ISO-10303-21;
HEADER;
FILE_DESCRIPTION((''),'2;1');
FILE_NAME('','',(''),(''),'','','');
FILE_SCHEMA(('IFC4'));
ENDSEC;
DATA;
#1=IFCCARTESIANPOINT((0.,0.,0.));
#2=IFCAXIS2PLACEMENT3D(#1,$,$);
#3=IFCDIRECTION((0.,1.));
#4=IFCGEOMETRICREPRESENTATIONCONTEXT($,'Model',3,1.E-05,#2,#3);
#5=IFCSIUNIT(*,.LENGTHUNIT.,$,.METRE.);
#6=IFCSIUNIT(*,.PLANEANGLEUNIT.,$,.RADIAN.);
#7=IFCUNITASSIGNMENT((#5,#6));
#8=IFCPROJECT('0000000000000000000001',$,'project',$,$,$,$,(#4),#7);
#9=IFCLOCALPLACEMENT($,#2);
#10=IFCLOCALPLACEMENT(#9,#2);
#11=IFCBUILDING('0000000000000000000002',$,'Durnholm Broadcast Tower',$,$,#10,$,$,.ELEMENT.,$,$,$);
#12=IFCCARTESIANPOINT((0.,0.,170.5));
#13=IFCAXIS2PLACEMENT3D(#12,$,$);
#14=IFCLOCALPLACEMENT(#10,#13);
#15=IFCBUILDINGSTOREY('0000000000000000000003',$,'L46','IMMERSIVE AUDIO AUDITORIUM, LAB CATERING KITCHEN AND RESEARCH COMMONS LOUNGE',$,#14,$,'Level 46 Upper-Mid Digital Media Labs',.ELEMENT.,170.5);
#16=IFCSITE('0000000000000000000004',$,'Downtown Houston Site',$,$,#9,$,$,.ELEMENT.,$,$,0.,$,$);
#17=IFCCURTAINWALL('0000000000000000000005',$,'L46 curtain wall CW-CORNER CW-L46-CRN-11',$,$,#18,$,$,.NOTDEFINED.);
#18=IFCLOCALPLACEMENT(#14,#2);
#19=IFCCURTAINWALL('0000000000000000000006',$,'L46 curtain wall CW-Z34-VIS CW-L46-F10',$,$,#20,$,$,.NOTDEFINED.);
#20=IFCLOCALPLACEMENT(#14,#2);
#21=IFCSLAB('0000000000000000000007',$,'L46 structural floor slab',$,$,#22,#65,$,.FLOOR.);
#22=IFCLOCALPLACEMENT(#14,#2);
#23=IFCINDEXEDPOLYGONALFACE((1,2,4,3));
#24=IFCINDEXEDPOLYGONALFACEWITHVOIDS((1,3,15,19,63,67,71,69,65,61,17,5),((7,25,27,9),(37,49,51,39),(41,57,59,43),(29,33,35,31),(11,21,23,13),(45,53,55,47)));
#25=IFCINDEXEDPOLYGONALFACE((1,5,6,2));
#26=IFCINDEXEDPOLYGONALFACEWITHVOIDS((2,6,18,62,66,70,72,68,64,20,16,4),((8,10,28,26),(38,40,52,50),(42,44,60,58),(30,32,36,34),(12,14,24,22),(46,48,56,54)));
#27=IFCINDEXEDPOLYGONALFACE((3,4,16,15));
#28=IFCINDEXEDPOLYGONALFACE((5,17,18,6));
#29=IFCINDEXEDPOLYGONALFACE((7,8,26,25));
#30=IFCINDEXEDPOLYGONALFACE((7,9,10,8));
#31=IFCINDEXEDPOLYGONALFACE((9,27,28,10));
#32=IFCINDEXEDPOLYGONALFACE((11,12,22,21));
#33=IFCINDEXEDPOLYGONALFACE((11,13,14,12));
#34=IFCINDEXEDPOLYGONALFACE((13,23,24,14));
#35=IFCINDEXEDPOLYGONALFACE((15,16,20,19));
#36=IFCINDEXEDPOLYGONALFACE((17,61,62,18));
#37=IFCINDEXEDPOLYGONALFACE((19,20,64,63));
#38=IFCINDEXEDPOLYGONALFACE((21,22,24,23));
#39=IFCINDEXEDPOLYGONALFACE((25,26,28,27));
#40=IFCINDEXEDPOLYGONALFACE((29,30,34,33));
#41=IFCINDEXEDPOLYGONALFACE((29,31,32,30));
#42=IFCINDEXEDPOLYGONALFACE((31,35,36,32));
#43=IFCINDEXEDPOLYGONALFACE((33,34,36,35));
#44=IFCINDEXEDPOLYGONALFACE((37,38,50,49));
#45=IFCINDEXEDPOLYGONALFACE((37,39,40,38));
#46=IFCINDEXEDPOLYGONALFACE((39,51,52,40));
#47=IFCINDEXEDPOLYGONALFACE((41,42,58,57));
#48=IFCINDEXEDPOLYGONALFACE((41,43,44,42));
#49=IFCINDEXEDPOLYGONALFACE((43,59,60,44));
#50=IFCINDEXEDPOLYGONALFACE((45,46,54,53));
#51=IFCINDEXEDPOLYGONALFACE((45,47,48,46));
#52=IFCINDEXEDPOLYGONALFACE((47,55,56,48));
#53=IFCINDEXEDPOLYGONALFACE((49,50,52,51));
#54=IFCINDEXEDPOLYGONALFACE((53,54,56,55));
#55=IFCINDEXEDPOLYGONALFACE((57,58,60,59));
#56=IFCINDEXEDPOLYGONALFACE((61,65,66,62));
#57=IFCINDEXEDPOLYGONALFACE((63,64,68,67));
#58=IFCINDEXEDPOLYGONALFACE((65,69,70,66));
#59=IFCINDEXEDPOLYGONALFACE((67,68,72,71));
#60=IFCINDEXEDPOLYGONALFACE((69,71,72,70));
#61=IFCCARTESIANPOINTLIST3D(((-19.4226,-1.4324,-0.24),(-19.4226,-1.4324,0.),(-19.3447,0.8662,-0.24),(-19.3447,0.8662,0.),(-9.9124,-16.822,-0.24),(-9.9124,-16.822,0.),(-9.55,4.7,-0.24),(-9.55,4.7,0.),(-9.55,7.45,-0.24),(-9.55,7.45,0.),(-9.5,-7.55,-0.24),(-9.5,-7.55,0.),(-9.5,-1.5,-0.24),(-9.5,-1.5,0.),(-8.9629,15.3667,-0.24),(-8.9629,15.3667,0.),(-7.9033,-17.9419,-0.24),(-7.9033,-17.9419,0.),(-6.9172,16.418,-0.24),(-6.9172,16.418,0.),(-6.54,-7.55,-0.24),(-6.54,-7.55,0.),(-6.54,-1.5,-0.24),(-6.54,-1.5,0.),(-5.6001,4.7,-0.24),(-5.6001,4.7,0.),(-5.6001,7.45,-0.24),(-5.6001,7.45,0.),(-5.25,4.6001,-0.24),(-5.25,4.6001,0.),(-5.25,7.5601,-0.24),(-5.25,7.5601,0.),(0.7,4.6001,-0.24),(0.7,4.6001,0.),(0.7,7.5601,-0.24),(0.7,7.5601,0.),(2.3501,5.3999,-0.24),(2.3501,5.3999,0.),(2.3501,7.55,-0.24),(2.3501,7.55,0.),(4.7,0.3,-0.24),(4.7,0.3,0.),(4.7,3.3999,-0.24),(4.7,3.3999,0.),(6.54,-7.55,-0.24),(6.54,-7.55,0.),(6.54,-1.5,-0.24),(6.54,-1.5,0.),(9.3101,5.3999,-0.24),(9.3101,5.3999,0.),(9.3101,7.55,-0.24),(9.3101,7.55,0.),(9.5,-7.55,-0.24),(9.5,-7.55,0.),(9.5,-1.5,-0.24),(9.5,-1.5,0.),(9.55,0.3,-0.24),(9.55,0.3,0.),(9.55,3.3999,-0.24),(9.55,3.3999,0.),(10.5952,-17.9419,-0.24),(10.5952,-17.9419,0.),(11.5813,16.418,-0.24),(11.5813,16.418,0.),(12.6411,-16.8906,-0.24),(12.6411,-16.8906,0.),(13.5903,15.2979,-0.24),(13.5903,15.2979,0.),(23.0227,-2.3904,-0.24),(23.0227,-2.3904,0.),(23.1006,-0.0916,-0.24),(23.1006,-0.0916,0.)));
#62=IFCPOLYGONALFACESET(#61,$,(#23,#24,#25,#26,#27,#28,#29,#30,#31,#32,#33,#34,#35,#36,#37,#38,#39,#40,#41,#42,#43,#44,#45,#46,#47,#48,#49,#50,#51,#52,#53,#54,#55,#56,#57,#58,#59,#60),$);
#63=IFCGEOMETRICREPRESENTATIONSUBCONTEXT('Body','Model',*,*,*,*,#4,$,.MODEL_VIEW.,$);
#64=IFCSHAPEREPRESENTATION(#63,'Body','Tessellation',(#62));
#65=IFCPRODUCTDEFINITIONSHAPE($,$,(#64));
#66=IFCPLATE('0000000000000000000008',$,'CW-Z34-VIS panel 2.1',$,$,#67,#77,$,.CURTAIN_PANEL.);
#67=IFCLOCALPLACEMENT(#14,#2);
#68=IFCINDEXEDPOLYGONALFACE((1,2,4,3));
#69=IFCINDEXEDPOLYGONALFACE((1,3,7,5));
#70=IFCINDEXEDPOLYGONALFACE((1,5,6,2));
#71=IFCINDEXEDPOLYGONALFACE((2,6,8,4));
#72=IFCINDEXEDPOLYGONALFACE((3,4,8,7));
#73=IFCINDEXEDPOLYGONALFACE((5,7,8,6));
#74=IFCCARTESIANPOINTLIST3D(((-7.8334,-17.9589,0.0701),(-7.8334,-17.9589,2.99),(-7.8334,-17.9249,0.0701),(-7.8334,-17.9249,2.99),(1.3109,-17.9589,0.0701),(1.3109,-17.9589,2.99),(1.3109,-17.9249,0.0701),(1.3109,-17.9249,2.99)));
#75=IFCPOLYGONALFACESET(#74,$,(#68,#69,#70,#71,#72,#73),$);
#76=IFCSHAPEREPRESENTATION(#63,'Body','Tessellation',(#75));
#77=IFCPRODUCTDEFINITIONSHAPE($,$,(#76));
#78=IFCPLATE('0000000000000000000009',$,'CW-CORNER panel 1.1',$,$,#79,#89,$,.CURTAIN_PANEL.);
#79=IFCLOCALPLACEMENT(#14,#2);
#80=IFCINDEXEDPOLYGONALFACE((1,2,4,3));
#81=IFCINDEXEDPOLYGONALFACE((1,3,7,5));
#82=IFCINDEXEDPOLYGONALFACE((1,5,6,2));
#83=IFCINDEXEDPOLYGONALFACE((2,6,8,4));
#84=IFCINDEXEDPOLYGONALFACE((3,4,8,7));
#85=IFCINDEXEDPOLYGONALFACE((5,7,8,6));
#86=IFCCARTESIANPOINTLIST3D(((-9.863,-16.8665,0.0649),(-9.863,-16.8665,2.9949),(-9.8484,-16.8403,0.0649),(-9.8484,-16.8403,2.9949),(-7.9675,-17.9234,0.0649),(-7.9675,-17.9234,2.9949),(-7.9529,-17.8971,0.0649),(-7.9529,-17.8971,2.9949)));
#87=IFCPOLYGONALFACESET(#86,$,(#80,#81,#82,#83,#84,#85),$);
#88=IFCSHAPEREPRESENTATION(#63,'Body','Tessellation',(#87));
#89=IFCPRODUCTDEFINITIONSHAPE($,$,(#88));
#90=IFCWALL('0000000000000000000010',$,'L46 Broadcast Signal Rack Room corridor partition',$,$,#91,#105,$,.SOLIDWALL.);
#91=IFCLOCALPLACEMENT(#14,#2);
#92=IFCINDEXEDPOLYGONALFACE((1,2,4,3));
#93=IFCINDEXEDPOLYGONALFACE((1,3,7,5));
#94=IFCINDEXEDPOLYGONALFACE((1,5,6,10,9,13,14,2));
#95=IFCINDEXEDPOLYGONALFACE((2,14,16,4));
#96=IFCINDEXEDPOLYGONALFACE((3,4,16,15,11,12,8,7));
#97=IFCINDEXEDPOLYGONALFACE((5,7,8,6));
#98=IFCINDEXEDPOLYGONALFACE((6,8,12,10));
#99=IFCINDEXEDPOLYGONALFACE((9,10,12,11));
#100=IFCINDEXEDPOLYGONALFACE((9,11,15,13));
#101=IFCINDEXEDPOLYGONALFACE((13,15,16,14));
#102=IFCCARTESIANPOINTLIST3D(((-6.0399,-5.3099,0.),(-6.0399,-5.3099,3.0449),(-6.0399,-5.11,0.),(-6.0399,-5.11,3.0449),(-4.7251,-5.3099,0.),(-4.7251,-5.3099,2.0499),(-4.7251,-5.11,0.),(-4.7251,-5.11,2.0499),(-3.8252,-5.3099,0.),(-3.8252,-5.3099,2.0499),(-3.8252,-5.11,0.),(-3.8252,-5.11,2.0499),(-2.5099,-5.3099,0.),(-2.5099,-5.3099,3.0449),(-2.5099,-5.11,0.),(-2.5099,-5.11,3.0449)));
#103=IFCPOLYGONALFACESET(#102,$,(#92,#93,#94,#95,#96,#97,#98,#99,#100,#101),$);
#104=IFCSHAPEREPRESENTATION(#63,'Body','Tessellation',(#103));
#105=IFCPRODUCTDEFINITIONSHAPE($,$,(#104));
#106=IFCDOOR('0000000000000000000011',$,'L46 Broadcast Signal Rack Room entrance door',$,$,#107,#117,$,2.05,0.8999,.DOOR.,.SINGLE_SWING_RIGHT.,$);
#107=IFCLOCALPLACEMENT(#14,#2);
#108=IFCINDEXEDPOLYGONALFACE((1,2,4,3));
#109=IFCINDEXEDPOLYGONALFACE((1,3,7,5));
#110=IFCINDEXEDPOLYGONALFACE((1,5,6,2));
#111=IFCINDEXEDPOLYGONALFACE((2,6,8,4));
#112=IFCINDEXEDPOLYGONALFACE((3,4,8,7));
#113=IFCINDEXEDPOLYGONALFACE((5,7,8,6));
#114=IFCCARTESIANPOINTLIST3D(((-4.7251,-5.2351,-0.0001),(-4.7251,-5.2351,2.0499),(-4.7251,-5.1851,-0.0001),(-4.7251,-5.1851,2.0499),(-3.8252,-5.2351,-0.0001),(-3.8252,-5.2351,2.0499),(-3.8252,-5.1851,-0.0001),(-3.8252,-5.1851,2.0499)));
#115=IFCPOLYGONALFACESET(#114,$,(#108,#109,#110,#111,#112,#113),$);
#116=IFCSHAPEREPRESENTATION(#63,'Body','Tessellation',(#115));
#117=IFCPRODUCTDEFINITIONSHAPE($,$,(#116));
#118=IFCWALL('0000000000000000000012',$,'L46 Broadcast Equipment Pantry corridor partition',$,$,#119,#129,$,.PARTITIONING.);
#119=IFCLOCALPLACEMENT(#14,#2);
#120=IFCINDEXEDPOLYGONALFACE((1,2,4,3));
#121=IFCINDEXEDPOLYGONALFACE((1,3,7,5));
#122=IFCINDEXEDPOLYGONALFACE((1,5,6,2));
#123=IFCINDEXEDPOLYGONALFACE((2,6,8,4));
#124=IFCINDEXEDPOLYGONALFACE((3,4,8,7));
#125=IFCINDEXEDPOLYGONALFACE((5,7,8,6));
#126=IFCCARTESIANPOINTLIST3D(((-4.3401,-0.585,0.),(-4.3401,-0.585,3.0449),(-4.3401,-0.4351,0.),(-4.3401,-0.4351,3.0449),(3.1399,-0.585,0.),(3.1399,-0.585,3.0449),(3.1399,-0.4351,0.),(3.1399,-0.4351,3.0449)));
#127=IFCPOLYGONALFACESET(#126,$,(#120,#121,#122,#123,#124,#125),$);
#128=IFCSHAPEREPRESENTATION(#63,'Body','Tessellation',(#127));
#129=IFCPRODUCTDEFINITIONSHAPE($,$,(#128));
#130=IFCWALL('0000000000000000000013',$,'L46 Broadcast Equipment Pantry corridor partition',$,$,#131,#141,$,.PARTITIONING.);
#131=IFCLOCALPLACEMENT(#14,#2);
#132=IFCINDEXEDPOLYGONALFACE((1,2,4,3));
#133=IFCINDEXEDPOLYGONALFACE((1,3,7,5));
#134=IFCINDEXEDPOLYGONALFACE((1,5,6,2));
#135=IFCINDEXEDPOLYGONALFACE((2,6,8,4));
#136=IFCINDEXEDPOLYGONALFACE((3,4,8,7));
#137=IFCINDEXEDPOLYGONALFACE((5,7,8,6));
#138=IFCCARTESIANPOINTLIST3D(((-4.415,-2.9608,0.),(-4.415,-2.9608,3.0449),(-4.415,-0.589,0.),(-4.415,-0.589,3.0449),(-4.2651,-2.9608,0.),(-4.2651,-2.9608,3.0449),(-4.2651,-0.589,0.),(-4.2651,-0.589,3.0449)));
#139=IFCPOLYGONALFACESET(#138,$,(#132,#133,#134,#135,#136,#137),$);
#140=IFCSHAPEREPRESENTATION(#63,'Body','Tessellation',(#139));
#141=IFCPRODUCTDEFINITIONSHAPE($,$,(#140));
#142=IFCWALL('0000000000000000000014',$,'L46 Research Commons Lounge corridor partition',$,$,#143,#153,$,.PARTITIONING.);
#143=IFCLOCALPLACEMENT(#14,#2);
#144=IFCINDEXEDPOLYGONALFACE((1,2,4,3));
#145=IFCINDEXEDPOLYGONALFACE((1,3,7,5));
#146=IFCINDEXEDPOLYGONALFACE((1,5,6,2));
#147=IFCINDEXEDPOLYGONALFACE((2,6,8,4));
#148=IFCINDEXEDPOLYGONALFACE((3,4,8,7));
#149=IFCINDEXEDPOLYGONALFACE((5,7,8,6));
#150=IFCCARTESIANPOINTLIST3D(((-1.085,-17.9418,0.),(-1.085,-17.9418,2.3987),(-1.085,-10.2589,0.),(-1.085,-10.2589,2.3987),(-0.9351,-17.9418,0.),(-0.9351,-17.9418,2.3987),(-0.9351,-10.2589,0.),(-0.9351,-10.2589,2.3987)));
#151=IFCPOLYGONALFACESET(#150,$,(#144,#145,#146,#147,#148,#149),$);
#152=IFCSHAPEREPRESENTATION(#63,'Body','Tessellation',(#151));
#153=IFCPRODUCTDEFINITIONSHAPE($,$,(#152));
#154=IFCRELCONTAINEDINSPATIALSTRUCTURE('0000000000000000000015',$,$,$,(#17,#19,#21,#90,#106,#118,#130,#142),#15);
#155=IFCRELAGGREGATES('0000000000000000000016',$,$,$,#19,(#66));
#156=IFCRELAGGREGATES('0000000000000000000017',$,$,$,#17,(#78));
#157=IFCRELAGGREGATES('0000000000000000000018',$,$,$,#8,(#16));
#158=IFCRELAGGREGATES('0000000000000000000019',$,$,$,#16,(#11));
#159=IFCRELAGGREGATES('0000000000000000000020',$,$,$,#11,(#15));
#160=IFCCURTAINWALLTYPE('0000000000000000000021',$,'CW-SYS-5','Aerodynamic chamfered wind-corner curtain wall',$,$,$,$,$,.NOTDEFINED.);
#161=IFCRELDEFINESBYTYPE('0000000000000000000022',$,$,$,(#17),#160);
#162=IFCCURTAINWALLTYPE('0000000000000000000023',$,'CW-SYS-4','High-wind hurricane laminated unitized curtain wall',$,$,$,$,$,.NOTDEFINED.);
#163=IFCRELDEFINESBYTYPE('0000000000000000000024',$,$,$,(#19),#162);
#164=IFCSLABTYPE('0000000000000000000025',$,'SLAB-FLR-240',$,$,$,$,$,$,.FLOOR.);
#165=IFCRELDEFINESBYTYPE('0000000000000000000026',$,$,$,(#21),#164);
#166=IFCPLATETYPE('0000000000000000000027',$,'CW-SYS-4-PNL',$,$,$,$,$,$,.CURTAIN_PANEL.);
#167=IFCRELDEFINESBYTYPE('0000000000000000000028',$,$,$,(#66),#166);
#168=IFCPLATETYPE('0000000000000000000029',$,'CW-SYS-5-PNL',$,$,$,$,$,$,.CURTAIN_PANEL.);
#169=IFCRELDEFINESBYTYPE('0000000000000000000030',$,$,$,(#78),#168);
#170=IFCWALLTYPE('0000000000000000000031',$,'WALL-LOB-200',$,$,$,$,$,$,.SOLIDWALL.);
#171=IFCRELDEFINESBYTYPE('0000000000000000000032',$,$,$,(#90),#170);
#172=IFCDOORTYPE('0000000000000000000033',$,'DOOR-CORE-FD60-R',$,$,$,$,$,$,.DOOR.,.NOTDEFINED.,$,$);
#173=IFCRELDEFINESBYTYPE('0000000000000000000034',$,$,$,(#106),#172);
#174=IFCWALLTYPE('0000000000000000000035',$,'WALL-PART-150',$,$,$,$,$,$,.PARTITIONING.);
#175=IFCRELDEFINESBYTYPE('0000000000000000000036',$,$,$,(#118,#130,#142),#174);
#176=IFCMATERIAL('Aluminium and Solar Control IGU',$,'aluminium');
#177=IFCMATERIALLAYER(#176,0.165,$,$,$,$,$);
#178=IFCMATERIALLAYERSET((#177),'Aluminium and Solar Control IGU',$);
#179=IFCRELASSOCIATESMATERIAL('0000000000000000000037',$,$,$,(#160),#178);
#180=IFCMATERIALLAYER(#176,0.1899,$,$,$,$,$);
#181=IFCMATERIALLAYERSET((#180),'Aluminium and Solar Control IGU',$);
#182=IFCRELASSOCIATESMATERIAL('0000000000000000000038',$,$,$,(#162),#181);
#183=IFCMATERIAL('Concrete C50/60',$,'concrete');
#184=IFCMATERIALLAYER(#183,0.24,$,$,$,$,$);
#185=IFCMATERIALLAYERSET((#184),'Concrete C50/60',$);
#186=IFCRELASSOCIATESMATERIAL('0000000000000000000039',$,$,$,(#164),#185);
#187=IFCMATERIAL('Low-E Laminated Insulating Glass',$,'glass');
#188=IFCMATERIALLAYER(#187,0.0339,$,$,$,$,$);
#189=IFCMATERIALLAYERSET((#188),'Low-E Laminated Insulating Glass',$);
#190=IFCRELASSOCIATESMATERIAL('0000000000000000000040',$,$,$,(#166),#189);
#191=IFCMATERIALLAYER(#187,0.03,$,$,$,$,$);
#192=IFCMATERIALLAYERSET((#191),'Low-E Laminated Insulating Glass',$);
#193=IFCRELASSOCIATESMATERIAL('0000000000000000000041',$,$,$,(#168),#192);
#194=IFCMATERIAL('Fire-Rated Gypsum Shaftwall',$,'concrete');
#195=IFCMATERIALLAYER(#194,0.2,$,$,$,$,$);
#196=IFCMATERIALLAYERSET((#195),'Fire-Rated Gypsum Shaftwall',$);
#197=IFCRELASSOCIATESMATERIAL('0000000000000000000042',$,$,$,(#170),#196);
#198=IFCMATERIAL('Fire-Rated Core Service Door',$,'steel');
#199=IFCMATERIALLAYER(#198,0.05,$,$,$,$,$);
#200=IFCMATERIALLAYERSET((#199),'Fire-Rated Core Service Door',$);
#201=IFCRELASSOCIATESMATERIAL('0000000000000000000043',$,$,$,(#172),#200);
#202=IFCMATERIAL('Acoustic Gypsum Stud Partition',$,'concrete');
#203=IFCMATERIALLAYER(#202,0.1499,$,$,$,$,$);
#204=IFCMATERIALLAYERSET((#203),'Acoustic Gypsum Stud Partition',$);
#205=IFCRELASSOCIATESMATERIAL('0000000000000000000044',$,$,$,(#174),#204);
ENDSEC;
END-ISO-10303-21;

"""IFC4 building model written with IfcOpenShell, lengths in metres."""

from ifc_helpers import new_model, si_unit, direction, frame, frame_2d, origin, origin_2d, place, context, subcontext, project, spatial, polyline, rectangle, outline, extrude, source, transform, mapped, material, layer, layer_set, type_object, type_shapes, element, fill, aggregate, save


model = new_model("IFC4")

# Units and contexts
model_context = context("Model", 3, precision=1e-05, world=origin(), true_north=direction((0.0, 1.0)))
body_context = subcontext(model_context, "Body", "Model", "MODEL_VIEW")
ifc_project = project(units=[si_unit("LENGTHUNIT", "METRE"), si_unit("PLANEANGLEUNIT", "RADIAN")], contexts=[model_context])

# Site, building, storey
site_placement = place(None, origin())
site = spatial("IfcSite", under=ifc_project, at=site_placement, Name="Downtown Houston Site", CompositionType="ELEMENT", RefElevation=0.0)
building_placement = place(site_placement, origin())
building = spatial("IfcBuilding", under=site, at=building_placement, Name="Durnholm Broadcast Tower", CompositionType="ELEMENT")
storey_placement = place(building_placement, frame((0.0, 0.0, 170.5)))
storey = spatial("IfcBuildingStorey", under=building, at=storey_placement, Name="L46", Description="IMMERSIVE AUDIO AUDITORIUM, LAB CATERING KITCHEN AND RESEARCH COMMONS LOUNGE", LongName="Level 46 Upper-Mid Digital Media Labs", CompositionType="ELEMENT", Elevation=170.5)

# Curtain wall
ifc_material_1 = material(Name="Aluminium and Solar Control IGU", Category="aluminium")
ifc_layer_1 = layer(ifc_material_1, 0.165)
ifc_layer_set_1 = layer_set([ifc_layer_1], Name="Aluminium and Solar Control IGU")
curtain_wall_type_1 = type_object("IfcCurtainWallType", Name="CW-SYS-5", Description="Aerodynamic chamfered wind-corner curtain wall", PredefinedType="NOTDEFINED", material=ifc_layer_set_1)
curtain_wall_1_placement = place(storey_placement, origin())
curtain_wall_1 = element("IfcCurtainWall", 1, at=curtain_wall_1_placement, inside=storey, type_object=curtain_wall_type_1, Name="L46 curtain wall CW-CORNER CW-L46-CRN-11", PredefinedType="NOTDEFINED")

# Curtain wall
ifc_layer_2 = layer(ifc_material_1, 0.1899)
ifc_layer_set_2 = layer_set([ifc_layer_2], Name="Aluminium and Solar Control IGU")
curtain_wall_type_2 = type_object("IfcCurtainWallType", Name="CW-SYS-4", Description="High-wind hurricane laminated unitized curtain wall", PredefinedType="NOTDEFINED", material=ifc_layer_set_2)
curtain_wall_2_placement = place(storey_placement, origin())
curtain_wall_2 = element("IfcCurtainWall", 2, at=curtain_wall_2_placement, inside=storey, type_object=curtain_wall_type_2, Name="L46 curtain wall CW-Z34-VIS CW-L46-F10", PredefinedType="NOTDEFINED")

# Slab
ifc_material_2 = material(Name="Concrete C50/60", Category="concrete")
ifc_layer_3 = layer(ifc_material_2, 0.24)
ifc_layer_set_3 = layer_set([ifc_layer_3], Name="Concrete C50/60")
slab_type = type_object("IfcSlabType", Name="SLAB-FLR-240", PredefinedType="FLOOR", material=ifc_layer_set_3)
slab_placement = place(storey_placement, frame((0.0, 0.0, -0.24)))
element("IfcSlab", 3, at=slab_placement, inside=storey, type_object=slab_type, Name="L46 structural floor slab", PredefinedType="FLOOR", context=body_context, shape_type="SweptSolid", body=[
    extrude(outline(polyline([(-9.9124, -16.822), (-7.9033, -17.9419), (10.5952, -17.9419), (12.6411, -16.8906), (23.0227, -2.3904), (23.1006, -0.0916), (13.5903, 15.2979), (11.5813, 16.418), (-6.9172, 16.418), (-8.9629, 15.3667), (-19.3447, 0.8662), (-19.4226, -1.4324), (-9.9124, -16.822)]), holes=[polyline([(-6.54, -1.5), (-9.5, -1.5), (-9.5, -7.55), (-6.54, -7.55), (-6.54, -1.5)]), polyline([(9.5, -7.55), (9.5, -1.5), (6.54, -1.5), (6.54, -7.55), (9.5, -7.55)]), polyline([(9.55, 3.3999), (4.7, 3.3999), (4.7, 0.3), (9.55, 0.3), (9.55, 3.3999)]), polyline([(-9.55, 7.45), (-9.55, 4.7), (-5.6001, 4.7), (-5.6001, 7.45), (-9.55, 7.45)]), polyline([(-5.25, 4.6001), (0.7, 4.6001), (0.7, 7.5601), (-5.25, 7.5601), (-5.25, 4.6001)]), polyline([(9.3101, 7.55), (2.3501, 7.55), (2.3501, 5.3999), (9.3101, 5.3999), (9.3101, 7.55)])]), origin(), (0.0, 0.0, 1.0), 0.24),
])

# Plates
ifc_material_3 = material(Name="Low-E Laminated Insulating Glass", Category="glass")
ifc_layer_4 = layer(ifc_material_3, 0.0339)
ifc_layer_set_4 = layer_set([ifc_layer_4], Name="Low-E Laminated Insulating Glass")
plate_type_1 = type_object("IfcPlateType", Name="CW-SYS-4-PNL", PredefinedType="CURTAIN_PANEL", material=ifc_layer_set_4)
shared_shape_1 = source(origin(), body_context, "Body", "SweptSolid", [
    extrude(rectangle(XDim=9.1443, YDim=0.0339, at=origin_2d()), origin(), (0.0, 0.0, 1.0), 2.9199),
])
type_shapes(plate_type_1, [shared_shape_1])
plate_1_placement = place(storey_placement, frame((-3.2612, -17.9419, 0.0701), z_axis=(0.0, 0.0, 1.0), x_axis=(-1.0, 0.0, 0.0)))
plate_1 = element("IfcPlate", 4, at=plate_1_placement, type_object=plate_type_1, Name="CW-Z34-VIS panel 2.1", PredefinedType="CURTAIN_PANEL", context=body_context, shape_type="MappedRepresentation", body=[
    mapped(shared_shape_1, transform((0.0, 0.0, 0.0), x_axis=(1.0, 0.0, 0.0), y_axis=(0.0, 1.0, 0.0), z_axis=(0.0, 0.0, 1.0), scale=1.0)),
])
aggregate(curtain_wall_2, [plate_1])
ifc_layer_5 = layer(ifc_material_3, 0.03)
ifc_layer_set_5 = layer_set([ifc_layer_5], Name="Low-E Laminated Insulating Glass")
plate_type_2 = type_object("IfcPlateType", Name="CW-SYS-5-PNL", PredefinedType="CURTAIN_PANEL", material=ifc_layer_set_5)
shared_shape_2 = source(origin(), body_context, "Body", "SweptSolid", [
    extrude(rectangle(XDim=2.1702, YDim=0.03, at=origin_2d()), origin(), (0.0, 0.0, 1.0), 2.9299),
])
type_shapes(plate_type_2, [shared_shape_2])
plate_2_placement = place(storey_placement, frame((-8.908, -17.3818, 0.0649), z_axis=(0.0, 0.0, 1.0), x_axis=(-0.87341, 0.486986, 0.0)))
plate_2 = element("IfcPlate", 5, at=plate_2_placement, type_object=plate_type_2, Name="CW-CORNER panel 1.1", PredefinedType="CURTAIN_PANEL", context=body_context, shape_type="MappedRepresentation", body=[
    mapped(shared_shape_2, transform((0.0, 0.0, 0.0), x_axis=(1.0, 0.0, 0.0), y_axis=(0.0, 1.0, 0.0), z_axis=(0.0, 0.0, 1.0), scale=1.0)),
])
aggregate(curtain_wall_1, [plate_2])

# Wall, opening, door
ifc_material_4 = material(Name="Fire-Rated Gypsum Shaftwall", Category="concrete")
ifc_layer_6 = layer(ifc_material_4, 0.2)
ifc_layer_set_6 = layer_set([ifc_layer_6], Name="Fire-Rated Gypsum Shaftwall")
wall_type_1 = type_object("IfcWallType", Name="WALL-LOB-200", PredefinedType="SOLIDWALL", material=ifc_layer_set_6)
wall_1_placement = place(storey_placement, frame((-6.04, -5.21, 0.0), z_axis=(0.0, 0.0, 1.0), x_axis=(1.0, 0.0, 0.0)))
wall_1 = element("IfcWall", 6, at=wall_1_placement, inside=storey, type_object=wall_type_1, Name="L46 Broadcast Signal Rack Room corridor partition", PredefinedType="SOLIDWALL", context=body_context, shape_type="SweptSolid", body=[
    extrude(rectangle(XDim=3.53, YDim=0.2, at=frame_2d((1.7651, 0.0))), origin(), (0.0, 0.0, 1.0), 3.0449),
])
opening_1_placement = place(wall_1_placement, frame((1.3149, 0.0, 0.0)))
opening_1 = element("IfcOpeningElement", 7, at=opening_1_placement, cuts=wall_1, PredefinedType="OPENING", context=body_context, shape_type="SweptSolid", body=[
    extrude(rectangle(XDim=0.8999, YDim=2.05, at=frame_2d((0.45, 1.0249))), frame((0.0, 0.1099, 0.0), z_axis=(0.0, -1.0, 0.0), x_axis=(1.0, 0.0, 0.0)), (0.0, 0.0, 1.0), 0.22),
])
ifc_material_5 = material(Name="Fire-Rated Core Service Door", Category="steel")
ifc_layer_7 = layer(ifc_material_5, 0.05)
ifc_layer_set_7 = layer_set([ifc_layer_7], Name="Fire-Rated Core Service Door")
door_type_1 = type_object("IfcDoorType", Name="DOOR-CORE-FD60-R", OperationType="NOTDEFINED", PredefinedType="DOOR", material=ifc_layer_set_7)
shared_shape_3 = source(origin(), body_context, "Body", "SweptSolid", [
    extrude(rectangle(XDim=0.8999, YDim=2.05, at=frame_2d((0.45, 1.0249))), frame((0.0, 0.0249, 0.0), z_axis=(0.0, -1.0, 0.0), x_axis=(1.0, 0.0, 0.0)), (0.0, 0.0, 1.0), 0.05),
])
type_shapes(door_type_1, [shared_shape_3])
door_1_placement = place(opening_1_placement, origin())
door_1 = element("IfcDoor", 8, at=door_1_placement, inside=storey, type_object=door_type_1, Name="L46 Broadcast Signal Rack Room entrance door", OperationType="SINGLE_SWING_RIGHT", OverallHeight=2.05, OverallWidth=0.8999, PredefinedType="DOOR", context=body_context, shape_type="MappedRepresentation", body=[
    mapped(shared_shape_3, transform((0.0, 0.0, 0.0), x_axis=(1.0, 0.0, 0.0), y_axis=(0.0, 1.0, 0.0), z_axis=(0.0, 0.0, 1.0), scale=1.0)),
])
fill(opening_1, door_1)

# Walls
ifc_material_6 = material(Name="Acoustic Gypsum Stud Partition", Category="concrete")
ifc_layer_8 = layer(ifc_material_6, 0.1499)
ifc_layer_set_8 = layer_set([ifc_layer_8], Name="Acoustic Gypsum Stud Partition")
wall_type_2 = type_object("IfcWallType", Name="WALL-PART-150", PredefinedType="PARTITIONING", material=ifc_layer_set_8)
wall_2_placement = place(storey_placement, frame((-4.3401, -0.51, 0.0), z_axis=(0.0, 0.0, 1.0), x_axis=(1.0, 0.0, 0.0)))
element("IfcWall", 9, at=wall_2_placement, inside=storey, type_object=wall_type_2, Name="L46 Broadcast Equipment Pantry corridor partition", PredefinedType="PARTITIONING", context=body_context, shape_type="SweptSolid", body=[
    extrude(rectangle(XDim=7.48, YDim=0.1499, at=frame_2d((3.74, 0.0))), origin(), (0.0, 0.0, 1.0), 3.0449),
])
wall_3_placement = place(storey_placement, frame((-4.3401, -2.9609, 0.0), z_axis=(0.0, 0.0, 1.0), x_axis=(0.0, 1.0, 0.0)))
element("IfcWall", 10, at=wall_3_placement, inside=storey, type_object=wall_type_2, Name="L46 Broadcast Equipment Pantry corridor partition", PredefinedType="PARTITIONING", context=body_context, shape_type="SweptSolid", body=[
    extrude(rectangle(XDim=2.3718, YDim=0.1499, at=frame_2d((1.186, 0.0))), origin(), (0.0, 0.0, 1.0), 3.0449),
])
wall_4_placement = place(storey_placement, frame((-1.01, -10.259, 0.0), z_axis=(0.0, 0.0, 1.0), x_axis=(0.0, -1.0, 0.0)))
element("IfcWall", 11, at=wall_4_placement, inside=storey, type_object=wall_type_2, Name="L46 Research Commons Lounge corridor partition", PredefinedType="PARTITIONING", context=body_context, shape_type="SweptSolid", body=[
    extrude(rectangle(XDim=7.6829, YDim=0.1499, at=frame_2d((3.8413, 0.0))), origin(), (0.0, 0.0, 1.0), 2.3987),
])

save(model, "model.ifc")
